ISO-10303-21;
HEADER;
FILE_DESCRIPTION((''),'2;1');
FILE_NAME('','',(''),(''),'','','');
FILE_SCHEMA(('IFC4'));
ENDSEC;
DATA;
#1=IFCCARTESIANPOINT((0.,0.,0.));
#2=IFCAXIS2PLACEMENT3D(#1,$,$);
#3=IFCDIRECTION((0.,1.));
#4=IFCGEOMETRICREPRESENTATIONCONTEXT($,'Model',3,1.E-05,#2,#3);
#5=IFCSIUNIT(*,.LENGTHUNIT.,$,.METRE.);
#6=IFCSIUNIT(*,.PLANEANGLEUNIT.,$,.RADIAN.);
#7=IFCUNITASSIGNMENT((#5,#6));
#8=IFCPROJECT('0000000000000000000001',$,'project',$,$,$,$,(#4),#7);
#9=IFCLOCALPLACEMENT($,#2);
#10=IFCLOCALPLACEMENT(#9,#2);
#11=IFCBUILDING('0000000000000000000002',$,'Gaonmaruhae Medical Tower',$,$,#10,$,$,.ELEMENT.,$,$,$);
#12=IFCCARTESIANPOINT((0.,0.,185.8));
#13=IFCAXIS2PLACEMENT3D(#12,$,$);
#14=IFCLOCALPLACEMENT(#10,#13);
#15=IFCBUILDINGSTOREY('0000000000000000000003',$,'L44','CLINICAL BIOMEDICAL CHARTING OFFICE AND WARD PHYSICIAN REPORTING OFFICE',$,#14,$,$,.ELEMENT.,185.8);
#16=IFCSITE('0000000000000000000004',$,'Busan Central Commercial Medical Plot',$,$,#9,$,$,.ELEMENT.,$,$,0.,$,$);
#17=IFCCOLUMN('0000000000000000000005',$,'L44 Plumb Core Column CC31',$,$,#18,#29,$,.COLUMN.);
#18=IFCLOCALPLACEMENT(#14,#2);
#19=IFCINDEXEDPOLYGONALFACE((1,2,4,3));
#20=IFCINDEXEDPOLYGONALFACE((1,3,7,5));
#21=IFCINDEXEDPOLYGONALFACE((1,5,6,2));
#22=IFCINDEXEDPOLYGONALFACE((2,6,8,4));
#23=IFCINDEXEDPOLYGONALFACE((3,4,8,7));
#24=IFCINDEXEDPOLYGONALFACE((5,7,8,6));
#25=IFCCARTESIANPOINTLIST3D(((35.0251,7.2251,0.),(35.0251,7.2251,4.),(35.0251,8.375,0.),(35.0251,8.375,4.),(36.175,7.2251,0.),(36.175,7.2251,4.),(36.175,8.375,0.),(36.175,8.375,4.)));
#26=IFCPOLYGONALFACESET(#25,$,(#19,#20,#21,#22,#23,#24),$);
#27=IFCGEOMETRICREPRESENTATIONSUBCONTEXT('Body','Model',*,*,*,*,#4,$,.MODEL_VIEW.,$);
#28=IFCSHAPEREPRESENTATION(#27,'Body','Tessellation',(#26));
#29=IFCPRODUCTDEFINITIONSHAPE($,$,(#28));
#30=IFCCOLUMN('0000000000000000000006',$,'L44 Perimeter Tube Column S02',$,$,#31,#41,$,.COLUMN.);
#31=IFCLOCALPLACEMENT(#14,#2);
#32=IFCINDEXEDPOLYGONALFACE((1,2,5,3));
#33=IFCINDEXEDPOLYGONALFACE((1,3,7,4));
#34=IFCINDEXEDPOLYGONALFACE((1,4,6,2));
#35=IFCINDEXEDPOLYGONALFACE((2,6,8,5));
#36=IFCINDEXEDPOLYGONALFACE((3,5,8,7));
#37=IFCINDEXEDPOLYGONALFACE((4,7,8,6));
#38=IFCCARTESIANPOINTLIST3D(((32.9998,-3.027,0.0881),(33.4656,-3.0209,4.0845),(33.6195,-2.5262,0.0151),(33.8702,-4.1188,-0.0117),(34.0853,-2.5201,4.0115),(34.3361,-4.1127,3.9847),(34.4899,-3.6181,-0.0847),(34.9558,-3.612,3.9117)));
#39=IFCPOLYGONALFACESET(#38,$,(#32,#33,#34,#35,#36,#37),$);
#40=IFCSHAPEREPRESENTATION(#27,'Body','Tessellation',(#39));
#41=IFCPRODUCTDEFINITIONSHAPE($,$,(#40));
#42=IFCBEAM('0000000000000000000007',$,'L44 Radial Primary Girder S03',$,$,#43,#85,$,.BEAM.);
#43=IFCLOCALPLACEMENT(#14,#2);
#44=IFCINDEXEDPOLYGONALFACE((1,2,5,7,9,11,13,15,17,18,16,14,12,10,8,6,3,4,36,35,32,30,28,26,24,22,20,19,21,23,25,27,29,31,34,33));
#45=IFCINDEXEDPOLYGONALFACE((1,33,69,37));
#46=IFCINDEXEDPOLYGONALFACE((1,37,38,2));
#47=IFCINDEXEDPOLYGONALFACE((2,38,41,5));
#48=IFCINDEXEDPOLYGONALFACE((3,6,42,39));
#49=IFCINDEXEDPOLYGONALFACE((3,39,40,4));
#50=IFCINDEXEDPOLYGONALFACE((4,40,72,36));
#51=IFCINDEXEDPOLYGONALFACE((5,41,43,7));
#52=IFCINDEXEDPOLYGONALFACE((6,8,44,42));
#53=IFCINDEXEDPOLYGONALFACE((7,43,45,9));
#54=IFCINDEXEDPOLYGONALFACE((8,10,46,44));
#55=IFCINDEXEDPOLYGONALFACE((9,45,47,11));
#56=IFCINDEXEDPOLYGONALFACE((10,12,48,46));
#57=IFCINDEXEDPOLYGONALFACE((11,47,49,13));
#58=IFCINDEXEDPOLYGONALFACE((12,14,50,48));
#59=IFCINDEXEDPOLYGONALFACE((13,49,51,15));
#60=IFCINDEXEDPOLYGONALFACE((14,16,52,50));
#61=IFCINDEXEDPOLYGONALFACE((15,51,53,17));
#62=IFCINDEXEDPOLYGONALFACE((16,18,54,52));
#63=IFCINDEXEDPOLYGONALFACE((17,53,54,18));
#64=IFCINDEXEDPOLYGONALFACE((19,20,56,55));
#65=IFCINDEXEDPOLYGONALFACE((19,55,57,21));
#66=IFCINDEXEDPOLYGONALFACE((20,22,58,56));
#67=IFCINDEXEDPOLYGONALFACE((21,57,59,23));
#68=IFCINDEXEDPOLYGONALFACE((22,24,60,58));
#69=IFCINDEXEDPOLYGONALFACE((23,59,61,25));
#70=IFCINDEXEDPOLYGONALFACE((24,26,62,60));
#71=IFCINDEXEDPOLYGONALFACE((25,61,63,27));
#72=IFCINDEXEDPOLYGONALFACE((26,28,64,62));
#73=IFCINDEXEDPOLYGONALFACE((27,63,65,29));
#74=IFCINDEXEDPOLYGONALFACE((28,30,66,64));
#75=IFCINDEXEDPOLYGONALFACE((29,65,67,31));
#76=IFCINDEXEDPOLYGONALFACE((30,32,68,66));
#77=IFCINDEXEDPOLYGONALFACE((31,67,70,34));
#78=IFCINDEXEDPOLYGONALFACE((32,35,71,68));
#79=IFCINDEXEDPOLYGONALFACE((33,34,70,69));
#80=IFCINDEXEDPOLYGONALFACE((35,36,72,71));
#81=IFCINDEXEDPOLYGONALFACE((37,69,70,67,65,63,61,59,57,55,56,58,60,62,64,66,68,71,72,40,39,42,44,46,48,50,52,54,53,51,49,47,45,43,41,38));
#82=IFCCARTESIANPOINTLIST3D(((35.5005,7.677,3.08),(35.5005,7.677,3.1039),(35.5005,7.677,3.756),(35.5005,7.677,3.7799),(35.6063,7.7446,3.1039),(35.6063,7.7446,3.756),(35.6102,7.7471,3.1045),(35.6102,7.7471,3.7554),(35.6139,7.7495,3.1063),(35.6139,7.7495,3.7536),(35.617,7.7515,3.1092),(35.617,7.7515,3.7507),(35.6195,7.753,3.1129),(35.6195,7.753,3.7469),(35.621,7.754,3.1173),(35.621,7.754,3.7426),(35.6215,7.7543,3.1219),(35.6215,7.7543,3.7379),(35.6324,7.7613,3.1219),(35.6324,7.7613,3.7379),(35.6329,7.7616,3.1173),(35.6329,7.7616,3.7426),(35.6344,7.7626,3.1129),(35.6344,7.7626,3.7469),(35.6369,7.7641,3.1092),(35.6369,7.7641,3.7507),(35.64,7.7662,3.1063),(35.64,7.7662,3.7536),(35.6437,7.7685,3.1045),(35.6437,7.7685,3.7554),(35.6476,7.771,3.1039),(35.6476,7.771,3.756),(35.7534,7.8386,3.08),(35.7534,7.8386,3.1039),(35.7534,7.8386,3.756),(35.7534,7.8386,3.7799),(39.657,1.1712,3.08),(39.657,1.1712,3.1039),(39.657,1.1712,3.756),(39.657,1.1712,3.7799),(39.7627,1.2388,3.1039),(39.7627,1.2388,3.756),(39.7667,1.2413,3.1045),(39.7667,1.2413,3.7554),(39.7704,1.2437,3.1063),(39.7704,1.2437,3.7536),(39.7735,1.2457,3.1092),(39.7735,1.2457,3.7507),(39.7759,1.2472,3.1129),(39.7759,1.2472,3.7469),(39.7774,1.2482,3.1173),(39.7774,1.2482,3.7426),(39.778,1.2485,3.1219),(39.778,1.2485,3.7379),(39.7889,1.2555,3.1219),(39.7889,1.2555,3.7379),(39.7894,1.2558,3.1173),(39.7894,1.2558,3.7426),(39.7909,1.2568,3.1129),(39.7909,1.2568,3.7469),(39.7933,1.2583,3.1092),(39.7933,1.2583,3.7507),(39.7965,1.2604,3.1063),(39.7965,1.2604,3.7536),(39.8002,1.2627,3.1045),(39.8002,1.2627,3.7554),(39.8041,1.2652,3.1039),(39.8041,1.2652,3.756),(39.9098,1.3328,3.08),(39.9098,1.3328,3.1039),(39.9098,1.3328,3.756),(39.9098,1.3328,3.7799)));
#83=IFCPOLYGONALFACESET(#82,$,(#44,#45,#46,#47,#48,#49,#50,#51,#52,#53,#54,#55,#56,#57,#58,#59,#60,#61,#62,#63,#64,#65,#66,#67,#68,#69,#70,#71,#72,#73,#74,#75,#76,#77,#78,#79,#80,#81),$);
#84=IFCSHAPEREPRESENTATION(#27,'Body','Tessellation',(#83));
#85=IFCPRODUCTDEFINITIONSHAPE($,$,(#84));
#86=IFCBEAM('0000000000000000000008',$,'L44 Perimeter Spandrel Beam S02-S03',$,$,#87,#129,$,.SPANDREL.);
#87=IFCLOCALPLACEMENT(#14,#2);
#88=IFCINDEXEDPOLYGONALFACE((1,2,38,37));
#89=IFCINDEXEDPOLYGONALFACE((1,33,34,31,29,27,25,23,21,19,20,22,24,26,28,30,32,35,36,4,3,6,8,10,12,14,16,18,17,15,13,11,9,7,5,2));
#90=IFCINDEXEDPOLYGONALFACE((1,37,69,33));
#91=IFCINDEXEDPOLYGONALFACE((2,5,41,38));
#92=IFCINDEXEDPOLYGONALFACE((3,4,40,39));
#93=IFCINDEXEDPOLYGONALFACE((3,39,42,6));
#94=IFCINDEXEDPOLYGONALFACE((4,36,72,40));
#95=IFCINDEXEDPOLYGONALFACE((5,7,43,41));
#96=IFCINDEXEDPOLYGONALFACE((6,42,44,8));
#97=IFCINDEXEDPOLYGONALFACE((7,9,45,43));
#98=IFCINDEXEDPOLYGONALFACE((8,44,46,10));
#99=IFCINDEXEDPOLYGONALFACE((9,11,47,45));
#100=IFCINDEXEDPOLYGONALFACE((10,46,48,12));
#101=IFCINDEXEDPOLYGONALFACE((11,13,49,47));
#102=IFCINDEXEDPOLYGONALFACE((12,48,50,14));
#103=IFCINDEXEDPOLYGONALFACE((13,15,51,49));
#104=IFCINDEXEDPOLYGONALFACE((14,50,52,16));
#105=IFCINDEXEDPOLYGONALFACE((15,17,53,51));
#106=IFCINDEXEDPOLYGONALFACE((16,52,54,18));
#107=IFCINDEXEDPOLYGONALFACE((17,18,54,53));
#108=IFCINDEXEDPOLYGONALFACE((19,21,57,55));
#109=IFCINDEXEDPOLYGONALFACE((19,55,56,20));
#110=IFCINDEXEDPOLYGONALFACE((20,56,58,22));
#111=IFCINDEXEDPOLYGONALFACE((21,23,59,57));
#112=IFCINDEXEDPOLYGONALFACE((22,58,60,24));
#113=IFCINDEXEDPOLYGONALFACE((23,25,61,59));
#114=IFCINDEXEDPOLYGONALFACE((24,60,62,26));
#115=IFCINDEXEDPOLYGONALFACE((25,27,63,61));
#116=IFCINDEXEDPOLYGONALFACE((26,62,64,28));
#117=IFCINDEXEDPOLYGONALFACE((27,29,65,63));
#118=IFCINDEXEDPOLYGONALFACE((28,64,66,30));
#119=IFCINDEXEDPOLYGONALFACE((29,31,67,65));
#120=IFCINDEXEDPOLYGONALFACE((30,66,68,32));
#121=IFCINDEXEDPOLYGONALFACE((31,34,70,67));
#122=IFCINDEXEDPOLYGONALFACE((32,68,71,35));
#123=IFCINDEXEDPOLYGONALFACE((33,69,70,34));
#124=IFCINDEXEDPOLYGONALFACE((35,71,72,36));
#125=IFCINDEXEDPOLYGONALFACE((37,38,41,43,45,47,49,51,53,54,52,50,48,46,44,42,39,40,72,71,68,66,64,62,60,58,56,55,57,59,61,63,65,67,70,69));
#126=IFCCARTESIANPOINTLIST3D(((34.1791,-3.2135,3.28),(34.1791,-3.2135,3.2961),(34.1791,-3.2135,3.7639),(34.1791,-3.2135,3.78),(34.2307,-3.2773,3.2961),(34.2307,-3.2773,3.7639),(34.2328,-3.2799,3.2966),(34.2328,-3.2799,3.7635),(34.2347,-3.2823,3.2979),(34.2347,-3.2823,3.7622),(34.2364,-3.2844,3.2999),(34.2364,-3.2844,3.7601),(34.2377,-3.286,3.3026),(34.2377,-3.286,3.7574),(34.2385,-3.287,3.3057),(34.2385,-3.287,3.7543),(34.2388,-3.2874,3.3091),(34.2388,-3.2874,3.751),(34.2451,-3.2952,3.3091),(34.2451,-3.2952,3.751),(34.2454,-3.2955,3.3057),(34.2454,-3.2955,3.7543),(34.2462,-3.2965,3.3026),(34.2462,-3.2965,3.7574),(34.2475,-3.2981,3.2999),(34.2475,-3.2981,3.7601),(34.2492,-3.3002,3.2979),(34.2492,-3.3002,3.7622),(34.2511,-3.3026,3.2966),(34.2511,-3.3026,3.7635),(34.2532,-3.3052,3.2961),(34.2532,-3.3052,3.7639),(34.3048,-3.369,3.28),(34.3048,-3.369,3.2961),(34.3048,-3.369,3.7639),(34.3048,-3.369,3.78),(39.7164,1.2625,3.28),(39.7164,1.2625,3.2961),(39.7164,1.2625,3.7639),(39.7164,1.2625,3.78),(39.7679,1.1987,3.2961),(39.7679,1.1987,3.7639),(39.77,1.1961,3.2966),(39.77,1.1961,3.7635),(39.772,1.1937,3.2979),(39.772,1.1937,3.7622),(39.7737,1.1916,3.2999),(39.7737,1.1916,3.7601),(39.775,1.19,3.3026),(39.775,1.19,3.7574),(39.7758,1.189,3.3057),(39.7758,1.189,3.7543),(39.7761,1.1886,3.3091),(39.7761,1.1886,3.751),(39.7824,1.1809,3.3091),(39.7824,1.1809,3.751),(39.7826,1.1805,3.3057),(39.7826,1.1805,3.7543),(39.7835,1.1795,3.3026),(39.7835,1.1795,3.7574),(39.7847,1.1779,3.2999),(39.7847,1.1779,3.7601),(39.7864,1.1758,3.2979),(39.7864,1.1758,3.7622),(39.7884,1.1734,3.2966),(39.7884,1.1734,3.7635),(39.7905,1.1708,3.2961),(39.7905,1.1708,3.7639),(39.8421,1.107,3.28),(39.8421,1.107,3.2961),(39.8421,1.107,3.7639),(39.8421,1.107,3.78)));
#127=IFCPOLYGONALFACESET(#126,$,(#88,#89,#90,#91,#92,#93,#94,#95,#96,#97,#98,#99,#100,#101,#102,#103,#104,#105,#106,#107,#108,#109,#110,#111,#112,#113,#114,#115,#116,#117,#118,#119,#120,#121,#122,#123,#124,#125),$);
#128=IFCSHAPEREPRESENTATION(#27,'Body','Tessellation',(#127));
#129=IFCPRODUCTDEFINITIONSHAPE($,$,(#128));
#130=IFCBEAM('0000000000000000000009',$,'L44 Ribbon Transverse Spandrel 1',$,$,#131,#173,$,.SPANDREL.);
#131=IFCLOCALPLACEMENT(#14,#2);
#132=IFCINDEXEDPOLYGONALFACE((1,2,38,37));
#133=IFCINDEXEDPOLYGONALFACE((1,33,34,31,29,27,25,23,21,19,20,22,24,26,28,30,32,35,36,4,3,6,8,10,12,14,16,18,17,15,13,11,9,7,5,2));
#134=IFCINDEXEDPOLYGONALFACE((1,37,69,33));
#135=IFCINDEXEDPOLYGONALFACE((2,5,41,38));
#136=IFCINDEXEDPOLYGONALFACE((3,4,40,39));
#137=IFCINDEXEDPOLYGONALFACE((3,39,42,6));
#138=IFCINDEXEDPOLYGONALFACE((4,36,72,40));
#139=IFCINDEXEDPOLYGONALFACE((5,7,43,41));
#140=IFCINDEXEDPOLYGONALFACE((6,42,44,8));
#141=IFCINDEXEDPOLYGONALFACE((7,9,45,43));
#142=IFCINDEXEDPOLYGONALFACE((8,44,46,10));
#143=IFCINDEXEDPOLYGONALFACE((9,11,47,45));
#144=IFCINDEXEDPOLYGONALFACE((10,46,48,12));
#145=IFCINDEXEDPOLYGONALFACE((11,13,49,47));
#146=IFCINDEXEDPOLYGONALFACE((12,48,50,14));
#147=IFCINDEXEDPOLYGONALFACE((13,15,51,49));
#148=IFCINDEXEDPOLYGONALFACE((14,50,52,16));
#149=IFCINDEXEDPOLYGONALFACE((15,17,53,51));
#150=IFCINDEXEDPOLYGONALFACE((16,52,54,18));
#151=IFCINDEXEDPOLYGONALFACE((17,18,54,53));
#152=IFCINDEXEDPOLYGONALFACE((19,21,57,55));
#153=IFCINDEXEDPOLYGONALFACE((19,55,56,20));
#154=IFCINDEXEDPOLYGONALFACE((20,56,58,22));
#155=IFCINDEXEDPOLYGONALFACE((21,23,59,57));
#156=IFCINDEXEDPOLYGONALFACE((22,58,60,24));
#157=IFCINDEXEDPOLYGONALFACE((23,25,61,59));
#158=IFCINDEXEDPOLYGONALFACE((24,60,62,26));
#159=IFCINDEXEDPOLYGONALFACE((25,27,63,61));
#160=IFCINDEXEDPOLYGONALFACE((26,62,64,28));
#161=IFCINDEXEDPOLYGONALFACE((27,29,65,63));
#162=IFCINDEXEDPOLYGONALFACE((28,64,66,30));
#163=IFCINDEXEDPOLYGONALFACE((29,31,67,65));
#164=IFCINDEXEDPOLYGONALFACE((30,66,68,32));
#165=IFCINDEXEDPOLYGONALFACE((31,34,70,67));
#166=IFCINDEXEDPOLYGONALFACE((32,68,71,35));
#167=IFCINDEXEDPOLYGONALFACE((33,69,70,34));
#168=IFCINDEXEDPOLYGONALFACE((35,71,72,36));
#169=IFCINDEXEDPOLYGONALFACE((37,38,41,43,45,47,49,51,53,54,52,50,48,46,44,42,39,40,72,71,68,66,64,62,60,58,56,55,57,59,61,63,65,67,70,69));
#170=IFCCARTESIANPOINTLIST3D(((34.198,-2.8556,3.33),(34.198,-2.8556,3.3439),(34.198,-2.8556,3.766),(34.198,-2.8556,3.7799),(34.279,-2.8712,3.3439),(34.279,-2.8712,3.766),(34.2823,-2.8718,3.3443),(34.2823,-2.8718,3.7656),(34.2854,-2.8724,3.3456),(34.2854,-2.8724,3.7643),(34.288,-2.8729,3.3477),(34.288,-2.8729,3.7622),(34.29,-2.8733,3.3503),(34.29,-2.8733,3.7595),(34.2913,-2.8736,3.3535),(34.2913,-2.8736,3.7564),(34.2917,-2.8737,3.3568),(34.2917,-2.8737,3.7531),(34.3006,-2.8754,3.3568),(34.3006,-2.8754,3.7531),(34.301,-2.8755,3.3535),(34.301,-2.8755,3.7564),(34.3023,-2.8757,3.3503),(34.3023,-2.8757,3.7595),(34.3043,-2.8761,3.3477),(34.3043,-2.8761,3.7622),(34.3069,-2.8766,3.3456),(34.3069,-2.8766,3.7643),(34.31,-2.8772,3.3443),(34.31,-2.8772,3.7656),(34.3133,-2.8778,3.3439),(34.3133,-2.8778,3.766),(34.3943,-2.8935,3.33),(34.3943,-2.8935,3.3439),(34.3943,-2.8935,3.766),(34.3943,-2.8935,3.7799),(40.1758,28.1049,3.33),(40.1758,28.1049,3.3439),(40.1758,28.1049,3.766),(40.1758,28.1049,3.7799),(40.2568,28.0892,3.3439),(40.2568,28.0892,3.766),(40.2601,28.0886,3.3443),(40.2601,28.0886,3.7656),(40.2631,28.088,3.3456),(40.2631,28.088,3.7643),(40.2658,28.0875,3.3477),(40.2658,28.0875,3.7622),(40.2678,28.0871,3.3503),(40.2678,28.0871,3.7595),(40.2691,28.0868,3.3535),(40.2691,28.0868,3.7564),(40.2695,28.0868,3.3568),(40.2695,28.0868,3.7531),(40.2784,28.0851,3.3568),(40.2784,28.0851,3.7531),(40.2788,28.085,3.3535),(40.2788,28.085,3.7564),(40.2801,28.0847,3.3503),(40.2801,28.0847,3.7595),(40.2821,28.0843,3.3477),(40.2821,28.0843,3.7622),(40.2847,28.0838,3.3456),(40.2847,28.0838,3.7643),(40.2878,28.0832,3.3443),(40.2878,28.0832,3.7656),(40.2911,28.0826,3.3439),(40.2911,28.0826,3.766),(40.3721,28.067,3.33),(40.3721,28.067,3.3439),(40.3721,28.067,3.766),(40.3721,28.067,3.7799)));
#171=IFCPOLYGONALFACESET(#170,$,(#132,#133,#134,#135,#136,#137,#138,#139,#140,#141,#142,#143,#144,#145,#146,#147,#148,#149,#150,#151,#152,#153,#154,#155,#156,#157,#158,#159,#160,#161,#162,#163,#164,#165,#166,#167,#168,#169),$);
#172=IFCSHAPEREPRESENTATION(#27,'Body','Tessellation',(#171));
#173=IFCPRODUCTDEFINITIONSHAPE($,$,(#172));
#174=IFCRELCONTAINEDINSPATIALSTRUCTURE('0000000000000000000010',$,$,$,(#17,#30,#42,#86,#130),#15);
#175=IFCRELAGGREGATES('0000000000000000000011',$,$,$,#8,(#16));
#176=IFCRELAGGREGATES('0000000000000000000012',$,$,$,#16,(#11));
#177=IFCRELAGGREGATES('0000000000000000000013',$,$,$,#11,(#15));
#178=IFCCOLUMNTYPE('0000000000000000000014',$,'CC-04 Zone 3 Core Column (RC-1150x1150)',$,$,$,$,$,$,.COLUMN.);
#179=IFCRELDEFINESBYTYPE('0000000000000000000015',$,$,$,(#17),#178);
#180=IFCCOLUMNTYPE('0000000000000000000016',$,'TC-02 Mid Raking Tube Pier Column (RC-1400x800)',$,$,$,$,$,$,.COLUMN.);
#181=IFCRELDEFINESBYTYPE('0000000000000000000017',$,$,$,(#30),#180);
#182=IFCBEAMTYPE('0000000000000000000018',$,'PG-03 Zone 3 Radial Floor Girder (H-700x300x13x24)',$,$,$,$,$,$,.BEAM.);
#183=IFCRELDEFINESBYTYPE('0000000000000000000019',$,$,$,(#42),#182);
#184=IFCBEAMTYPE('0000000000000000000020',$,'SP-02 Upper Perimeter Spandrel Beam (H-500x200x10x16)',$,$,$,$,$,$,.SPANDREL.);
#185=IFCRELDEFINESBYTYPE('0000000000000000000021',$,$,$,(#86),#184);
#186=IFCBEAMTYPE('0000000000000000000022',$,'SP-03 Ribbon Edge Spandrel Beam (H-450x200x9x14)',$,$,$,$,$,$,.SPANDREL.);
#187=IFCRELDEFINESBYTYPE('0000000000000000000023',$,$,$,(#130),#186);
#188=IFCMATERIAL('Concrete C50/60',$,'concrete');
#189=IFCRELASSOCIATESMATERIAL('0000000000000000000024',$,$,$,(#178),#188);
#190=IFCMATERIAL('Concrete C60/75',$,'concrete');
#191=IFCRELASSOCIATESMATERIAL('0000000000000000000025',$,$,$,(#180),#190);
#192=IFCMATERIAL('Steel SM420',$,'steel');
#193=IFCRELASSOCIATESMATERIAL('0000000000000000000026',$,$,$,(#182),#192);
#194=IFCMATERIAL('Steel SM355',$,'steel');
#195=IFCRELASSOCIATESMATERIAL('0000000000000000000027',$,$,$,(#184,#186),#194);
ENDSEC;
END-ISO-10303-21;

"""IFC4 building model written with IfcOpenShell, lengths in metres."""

from ifc_helpers import new_model, si_unit, direction, frame, origin, origin_2d, place, context, subcontext, project, spatial, rectangle, i_section, extrude, material, material_profile, profile_set, type_object, element, save


model = new_model("IFC4")

# Units and contexts
model_context = context("Model", 3, precision=1e-05, world=origin(), true_north=direction((0.0, 1.0)))
body_context = subcontext(model_context, "Body", "Model", "MODEL_VIEW")
ifc_project = project(units=[si_unit("LENGTHUNIT", "METRE"), si_unit("PLANEANGLEUNIT", "RADIAN")], contexts=[model_context])

# Site, building, storey
site_placement = place(None, origin())
site = spatial("IfcSite", under=ifc_project, at=site_placement, Name="Busan Central Commercial Medical Plot", CompositionType="ELEMENT", RefElevation=0.0)
building_placement = place(site_placement, origin())
building = spatial("IfcBuilding", under=site, at=building_placement, Name="Gaonmaruhae Medical Tower", CompositionType="ELEMENT")
storey_placement = place(building_placement, frame((0.0, 0.0, 185.8)))
storey = spatial("IfcBuildingStorey", under=building, at=storey_placement, Name="L44", Description="CLINICAL BIOMEDICAL CHARTING OFFICE AND WARD PHYSICIAN REPORTING OFFICE", CompositionType="ELEMENT", Elevation=185.8)

# Columns
ifc_material_1 = material(Name="Concrete C50/60", Category="concrete")
ifc_material_profile_1 = material_profile(ifc_material_1, rectangle(XDim=1.1499, YDim=1.1499, at=origin_2d()), Name="RC-1150x1150")
ifc_profile_set_1 = profile_set([ifc_material_profile_1], Name="Concrete C50/60")
column_type_1 = type_object("IfcColumnType", Name="CC-04 Zone 3 Core Column (RC-1150x1150)", PredefinedType="COLUMN", material=ifc_profile_set_1)
column_1_placement = place(storey_placement, frame((35.6001, 7.8, 0.0), z_axis=(0.0, 0.0, 1.0), x_axis=(1.0, 0.0, 0.0)))
element("IfcColumn", 1, at=column_1_placement, inside=storey, type_object=column_type_1, Name="L44 Plumb Core Column CC31", PredefinedType="COLUMN", context=body_context, shape_type="SweptSolid", body=[
    extrude(rectangle(XDim=1.1499, YDim=1.1499, at=origin_2d()), origin(), (0.0, 0.0, 1.0), 4.0),
])
ifc_material_2 = material(Name="Concrete C60/75", Category="concrete")
ifc_material_profile_2 = material_profile(ifc_material_2, rectangle(XDim=1.3999, YDim=0.8, at=origin_2d()), Name="RC-1400x800")
ifc_profile_set_2 = profile_set([ifc_material_profile_2], Name="Concrete C60/75")
column_type_2 = type_object("IfcColumnType", Name="TC-02 Mid Raking Tube Pier Column (RC-1400x800)", PredefinedType="COLUMN", material=ifc_profile_set_2)
column_2_placement = place(storey_placement, frame((33.7449, -3.3225, 0.0017), z_axis=(0.115778, 0.001517, 0.993274), x_axis=(-0.621792, 0.779931, 0.071286)))
element("IfcColumn", 2, at=column_2_placement, inside=storey, type_object=column_type_2, Name="L44 Perimeter Tube Column S02", PredefinedType="COLUMN", context=body_context, shape_type="SweptSolid", body=[
    extrude(rectangle(XDim=1.3999, YDim=0.8, at=origin_2d()), origin(), (0.0, 0.0, 1.0), 4.0234),
])

# Beams
ifc_material_3 = material(Name="Steel SM420", Category="steel")
ifc_material_profile_3 = material_profile(ifc_material_3, i_section(OverallWidth=0.3, OverallDepth=0.7, WebThickness=0.0129, FlangeThickness=0.0239, FilletRadius=0.0181, at=origin_2d()), Name="H-700x300x13x24")
ifc_profile_set_3 = profile_set([ifc_material_profile_3], Name="Steel SM420")
beam_type_1 = type_object("IfcBeamType", Name="PG-03 Zone 3 Radial Floor Girder (H-700x300x13x24)", PredefinedType="BEAM", material=ifc_profile_set_3)
beam_1_placement = place(storey_placement, frame((35.627, 7.7578, 3.4299), z_axis=(0.538387, -0.842698, 0.0), x_axis=(0.842698, 0.538387, 0.0)))
element("IfcBeam", 3, at=beam_1_placement, inside=storey, type_object=beam_type_1, Name="L44 Radial Primary Girder S03", PredefinedType="BEAM", context=body_context, shape_type="SweptSolid", body=[
    extrude(i_section(OverallWidth=0.3, OverallDepth=0.7, WebThickness=0.0129, FlangeThickness=0.0239, FilletRadius=0.0181, at=origin_2d()), origin(), (0.0, 0.0, 1.0), 7.7202),
])
ifc_material_4 = material(Name="Steel SM355", Category="steel")
ifc_material_profile_4 = material_profile(ifc_material_4, i_section(OverallWidth=0.2, OverallDepth=0.5, WebThickness=0.01, FlangeThickness=0.0161, FilletRadius=0.0129, at=origin_2d()), Name="H-500x200x10x16")
ifc_profile_set_4 = profile_set([ifc_material_profile_4], Name="Steel SM355")
beam_type_2 = type_object("IfcBeamType", Name="SP-02 Upper Perimeter Spandrel Beam (H-500x200x10x16)", PredefinedType="SPANDREL", material=ifc_profile_set_4)
beam_2_placement = place(storey_placement, frame((34.2419, -3.2913, 3.53), z_axis=(0.777694, 0.628643, 0.0), x_axis=(-0.628643, 0.777694, 0.0)))
element("IfcBeam", 4, at=beam_2_placement, inside=storey, type_object=beam_type_2, Name="L44 Perimeter Spandrel Beam S02-S03", PredefinedType="SPANDREL", context=body_context, shape_type="SweptSolid", body=[
    extrude(i_section(OverallWidth=0.2, OverallDepth=0.5, WebThickness=0.01, FlangeThickness=0.0161, FilletRadius=0.0129, at=origin_2d()), origin(), (0.0, 0.0, 1.0), 7.1201),
])
ifc_material_profile_5 = material_profile(ifc_material_4, i_section(OverallWidth=0.2, OverallDepth=0.45, WebThickness=0.009, FlangeThickness=0.0139, FilletRadius=0.0129, at=origin_2d()), Name="H-450x200x9x14")
ifc_profile_set_5 = profile_set([ifc_material_profile_5], Name="Steel SM355")
beam_type_3 = type_object("IfcBeamType", Name="SP-03 Ribbon Edge Spandrel Beam (H-450x200x9x14)", PredefinedType="SPANDREL", material=ifc_profile_set_5)
beam_3_placement = place(storey_placement, frame((34.2961, -2.8745, 3.5549), z_axis=(0.189577, 0.981866, 0.0), x_axis=(-0.981866, 0.189577, 0.0)))
element("IfcBeam", 5, at=beam_3_placement, inside=storey, type_object=beam_type_3, Name="L44 Ribbon Transverse Spandrel 1", PredefinedType="SPANDREL", context=body_context, shape_type="SweptSolid", body=[
    extrude(i_section(OverallWidth=0.2, OverallDepth=0.45, WebThickness=0.009, FlangeThickness=0.0139, FilletRadius=0.0129, at=origin_2d()), origin(), (0.0, 0.0, 1.0), 31.5322),
])

save(model, "model.ifc")
